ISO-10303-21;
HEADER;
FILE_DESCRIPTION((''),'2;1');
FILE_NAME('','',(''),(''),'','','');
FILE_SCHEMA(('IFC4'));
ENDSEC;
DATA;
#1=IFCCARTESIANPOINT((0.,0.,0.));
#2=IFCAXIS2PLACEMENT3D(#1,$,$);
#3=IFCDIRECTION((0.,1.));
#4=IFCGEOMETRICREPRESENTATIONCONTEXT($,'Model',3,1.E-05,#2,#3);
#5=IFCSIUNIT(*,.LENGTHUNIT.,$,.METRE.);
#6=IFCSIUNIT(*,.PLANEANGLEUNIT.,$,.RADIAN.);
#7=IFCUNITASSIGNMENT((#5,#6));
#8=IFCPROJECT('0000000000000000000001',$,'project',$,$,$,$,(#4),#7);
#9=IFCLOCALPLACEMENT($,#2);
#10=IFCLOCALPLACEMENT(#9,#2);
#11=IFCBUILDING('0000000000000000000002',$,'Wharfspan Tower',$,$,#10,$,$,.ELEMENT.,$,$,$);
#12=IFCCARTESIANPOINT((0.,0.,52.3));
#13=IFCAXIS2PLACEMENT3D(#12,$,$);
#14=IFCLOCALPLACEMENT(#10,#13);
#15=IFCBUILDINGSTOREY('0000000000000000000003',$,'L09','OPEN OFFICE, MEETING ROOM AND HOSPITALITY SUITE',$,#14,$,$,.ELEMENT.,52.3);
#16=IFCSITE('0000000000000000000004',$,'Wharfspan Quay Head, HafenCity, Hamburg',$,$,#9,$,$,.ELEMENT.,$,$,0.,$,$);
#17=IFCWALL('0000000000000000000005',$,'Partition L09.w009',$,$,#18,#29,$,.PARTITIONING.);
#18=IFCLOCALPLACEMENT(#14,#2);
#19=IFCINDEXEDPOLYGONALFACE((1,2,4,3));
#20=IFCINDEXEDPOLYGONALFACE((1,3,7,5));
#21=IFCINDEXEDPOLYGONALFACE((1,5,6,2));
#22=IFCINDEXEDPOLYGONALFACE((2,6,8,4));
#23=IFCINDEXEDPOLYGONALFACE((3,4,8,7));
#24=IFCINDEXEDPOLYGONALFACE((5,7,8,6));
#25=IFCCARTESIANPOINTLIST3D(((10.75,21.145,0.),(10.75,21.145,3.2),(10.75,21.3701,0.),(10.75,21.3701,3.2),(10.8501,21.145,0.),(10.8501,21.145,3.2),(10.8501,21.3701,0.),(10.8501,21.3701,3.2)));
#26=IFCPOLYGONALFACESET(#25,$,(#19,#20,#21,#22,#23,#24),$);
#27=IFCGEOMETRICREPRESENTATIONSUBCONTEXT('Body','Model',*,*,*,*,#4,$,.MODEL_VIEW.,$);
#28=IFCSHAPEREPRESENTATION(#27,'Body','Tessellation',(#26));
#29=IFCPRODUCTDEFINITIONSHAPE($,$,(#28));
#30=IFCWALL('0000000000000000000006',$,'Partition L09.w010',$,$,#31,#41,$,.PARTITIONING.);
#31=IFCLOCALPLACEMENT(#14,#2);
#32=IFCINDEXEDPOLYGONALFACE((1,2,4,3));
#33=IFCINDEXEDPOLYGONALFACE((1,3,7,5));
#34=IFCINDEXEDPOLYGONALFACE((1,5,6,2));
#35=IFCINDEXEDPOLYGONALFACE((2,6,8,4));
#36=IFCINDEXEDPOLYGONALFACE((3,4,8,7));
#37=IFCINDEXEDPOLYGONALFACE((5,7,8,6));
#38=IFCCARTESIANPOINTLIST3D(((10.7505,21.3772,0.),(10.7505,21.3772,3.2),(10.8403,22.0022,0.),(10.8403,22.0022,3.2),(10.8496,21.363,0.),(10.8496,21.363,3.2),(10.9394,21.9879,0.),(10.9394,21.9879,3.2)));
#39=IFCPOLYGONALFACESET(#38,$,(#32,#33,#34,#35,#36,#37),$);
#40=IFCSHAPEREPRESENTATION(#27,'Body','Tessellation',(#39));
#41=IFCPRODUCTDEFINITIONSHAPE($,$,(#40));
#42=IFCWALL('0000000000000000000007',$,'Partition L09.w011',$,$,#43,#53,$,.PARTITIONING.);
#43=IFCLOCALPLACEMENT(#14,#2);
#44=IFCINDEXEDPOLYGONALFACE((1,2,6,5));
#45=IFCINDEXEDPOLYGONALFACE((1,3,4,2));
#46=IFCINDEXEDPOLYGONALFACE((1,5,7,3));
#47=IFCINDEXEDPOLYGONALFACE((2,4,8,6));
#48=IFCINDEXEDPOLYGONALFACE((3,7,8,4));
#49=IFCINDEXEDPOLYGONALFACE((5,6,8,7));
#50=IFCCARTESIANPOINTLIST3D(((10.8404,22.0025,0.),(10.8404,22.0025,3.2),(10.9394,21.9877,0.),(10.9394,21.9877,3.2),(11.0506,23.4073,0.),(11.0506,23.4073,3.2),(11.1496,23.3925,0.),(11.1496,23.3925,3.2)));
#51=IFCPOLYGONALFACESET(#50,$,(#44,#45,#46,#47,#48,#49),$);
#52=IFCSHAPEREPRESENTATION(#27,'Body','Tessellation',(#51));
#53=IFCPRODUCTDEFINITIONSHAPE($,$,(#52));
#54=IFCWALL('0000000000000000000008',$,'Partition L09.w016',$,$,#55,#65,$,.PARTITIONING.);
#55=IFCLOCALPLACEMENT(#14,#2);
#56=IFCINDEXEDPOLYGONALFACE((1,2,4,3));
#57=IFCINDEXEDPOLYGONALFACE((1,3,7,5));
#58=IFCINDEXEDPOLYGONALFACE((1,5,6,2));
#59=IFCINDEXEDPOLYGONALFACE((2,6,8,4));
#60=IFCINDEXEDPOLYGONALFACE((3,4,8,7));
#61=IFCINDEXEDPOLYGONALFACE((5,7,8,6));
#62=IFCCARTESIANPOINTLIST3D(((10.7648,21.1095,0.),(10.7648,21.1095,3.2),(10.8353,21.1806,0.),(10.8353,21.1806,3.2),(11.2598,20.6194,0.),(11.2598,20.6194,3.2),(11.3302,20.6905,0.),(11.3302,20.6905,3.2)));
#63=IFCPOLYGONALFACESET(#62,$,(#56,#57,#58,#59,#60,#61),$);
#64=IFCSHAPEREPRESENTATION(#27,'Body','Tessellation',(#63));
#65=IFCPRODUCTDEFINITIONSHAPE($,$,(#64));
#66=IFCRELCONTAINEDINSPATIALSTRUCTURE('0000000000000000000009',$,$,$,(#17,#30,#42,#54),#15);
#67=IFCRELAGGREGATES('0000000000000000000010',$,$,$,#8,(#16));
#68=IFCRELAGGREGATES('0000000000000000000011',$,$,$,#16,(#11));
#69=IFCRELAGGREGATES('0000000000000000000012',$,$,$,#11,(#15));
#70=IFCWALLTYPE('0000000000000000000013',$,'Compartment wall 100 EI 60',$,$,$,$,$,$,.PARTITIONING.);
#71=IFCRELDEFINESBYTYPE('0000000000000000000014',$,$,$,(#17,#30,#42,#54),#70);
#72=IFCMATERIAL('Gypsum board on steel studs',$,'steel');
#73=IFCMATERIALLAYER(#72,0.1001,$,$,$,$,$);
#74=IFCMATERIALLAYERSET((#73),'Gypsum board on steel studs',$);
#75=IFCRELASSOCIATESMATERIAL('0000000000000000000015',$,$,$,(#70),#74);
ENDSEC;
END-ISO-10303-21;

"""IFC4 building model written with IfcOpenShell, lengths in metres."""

from ifc_helpers import new_model, si_unit, direction, frame, frame_2d, origin, place, context, subcontext, project, spatial, rectangle, extrude, material, layer, layer_set, type_object, element, save


model = new_model("IFC4")

# Units and contexts
model_context = context("Model", 3, precision=1e-05, world=origin(), true_north=direction((0.0, 1.0)))
body_context = subcontext(model_context, "Body", "Model", "MODEL_VIEW")
ifc_project = project(units=[si_unit("LENGTHUNIT", "METRE"), si_unit("PLANEANGLEUNIT", "RADIAN")], contexts=[model_context])

# Site, building, storey
site_placement = place(None, origin())
site = spatial("IfcSite", under=ifc_project, at=site_placement, Name="Wharfspan Quay Head, HafenCity, Hamburg", CompositionType="ELEMENT", RefElevation=0.0)
building_placement = place(site_placement, origin())
building = spatial("IfcBuilding", under=site, at=building_placement, Name="Wharfspan Tower", CompositionType="ELEMENT")
storey_placement = place(building_placement, frame((0.0, 0.0, 52.3)))
storey = spatial("IfcBuildingStorey", under=building, at=storey_placement, Name="L09", Description="OPEN OFFICE, MEETING ROOM AND HOSPITALITY SUITE", CompositionType="ELEMENT", Elevation=52.3)

# Walls
ifc_material_1 = material(Name="Gypsum board on steel studs", Category="steel")
ifc_layer = layer(ifc_material_1, 0.1001)
ifc_layer_set = layer_set([ifc_layer], Name="Gypsum board on steel studs")
wall_type = type_object("IfcWallType", Name="Compartment wall 100 EI 60", PredefinedType="PARTITIONING", material=ifc_layer_set)
wall_1_placement = place(storey_placement, frame((10.8, 21.145, 0.0), z_axis=(0.0, 0.0, 1.0), x_axis=(0.0, 1.0, 0.0)))
element("IfcWall", 1, at=wall_1_placement, inside=storey, type_object=wall_type, Name="Partition L09.w009", PredefinedType="PARTITIONING", context=body_context, shape_type="SweptSolid", body=[
    extrude(rectangle(XDim=0.2251, YDim=0.1001, at=frame_2d((0.1125, 0.0))), origin(), (0.0, 0.0, 1.0), 3.2),
])
wall_2_placement = place(storey_placement, frame((10.8, 21.3701, 0.0), z_axis=(0.0, 0.0, 1.0), x_axis=(0.142287, 0.989823, 0.0)))
element("IfcWall", 2, at=wall_2_placement, inside=storey, type_object=wall_type, Name="Partition L09.w010", PredefinedType="PARTITIONING", context=body_context, shape_type="SweptSolid", body=[
    extrude(rectangle(XDim=0.6313, YDim=0.1001, at=frame_2d((0.3157, 0.0))), origin(), (0.0, 0.0, 1.0), 3.2),
])
wall_3_placement = place(storey_placement, frame((10.8899, 21.9951, 0.0), z_axis=(0.0, 0.0, 1.0), x_axis=(0.147988, 0.988993, 0.0)))
element("IfcWall", 3, at=wall_3_placement, inside=storey, type_object=wall_type, Name="Partition L09.w011", PredefinedType="PARTITIONING", context=body_context, shape_type="SweptSolid", body=[
    extrude(rectangle(XDim=1.4204, YDim=0.1001, at=frame_2d((0.7102, 0.0))), origin(), (0.0, 0.0, 1.0), 3.2),
])
wall_4_placement = place(storey_placement, frame((11.2949, 20.655, 0.0), z_axis=(0.0, 0.0, 1.0), x_axis=(-0.7106, 0.703589, 0.0)))
element("IfcWall", 4, at=wall_4_placement, inside=storey, type_object=wall_type, Name="Partition L09.w016", PredefinedType="PARTITIONING", context=body_context, shape_type="SweptSolid", body=[
    extrude(rectangle(XDim=0.6965, YDim=0.1001, at=frame_2d((0.3481, 0.0))), origin(), (0.0, 0.0, 1.0), 3.2),
])

save(model, "model.ifc")
